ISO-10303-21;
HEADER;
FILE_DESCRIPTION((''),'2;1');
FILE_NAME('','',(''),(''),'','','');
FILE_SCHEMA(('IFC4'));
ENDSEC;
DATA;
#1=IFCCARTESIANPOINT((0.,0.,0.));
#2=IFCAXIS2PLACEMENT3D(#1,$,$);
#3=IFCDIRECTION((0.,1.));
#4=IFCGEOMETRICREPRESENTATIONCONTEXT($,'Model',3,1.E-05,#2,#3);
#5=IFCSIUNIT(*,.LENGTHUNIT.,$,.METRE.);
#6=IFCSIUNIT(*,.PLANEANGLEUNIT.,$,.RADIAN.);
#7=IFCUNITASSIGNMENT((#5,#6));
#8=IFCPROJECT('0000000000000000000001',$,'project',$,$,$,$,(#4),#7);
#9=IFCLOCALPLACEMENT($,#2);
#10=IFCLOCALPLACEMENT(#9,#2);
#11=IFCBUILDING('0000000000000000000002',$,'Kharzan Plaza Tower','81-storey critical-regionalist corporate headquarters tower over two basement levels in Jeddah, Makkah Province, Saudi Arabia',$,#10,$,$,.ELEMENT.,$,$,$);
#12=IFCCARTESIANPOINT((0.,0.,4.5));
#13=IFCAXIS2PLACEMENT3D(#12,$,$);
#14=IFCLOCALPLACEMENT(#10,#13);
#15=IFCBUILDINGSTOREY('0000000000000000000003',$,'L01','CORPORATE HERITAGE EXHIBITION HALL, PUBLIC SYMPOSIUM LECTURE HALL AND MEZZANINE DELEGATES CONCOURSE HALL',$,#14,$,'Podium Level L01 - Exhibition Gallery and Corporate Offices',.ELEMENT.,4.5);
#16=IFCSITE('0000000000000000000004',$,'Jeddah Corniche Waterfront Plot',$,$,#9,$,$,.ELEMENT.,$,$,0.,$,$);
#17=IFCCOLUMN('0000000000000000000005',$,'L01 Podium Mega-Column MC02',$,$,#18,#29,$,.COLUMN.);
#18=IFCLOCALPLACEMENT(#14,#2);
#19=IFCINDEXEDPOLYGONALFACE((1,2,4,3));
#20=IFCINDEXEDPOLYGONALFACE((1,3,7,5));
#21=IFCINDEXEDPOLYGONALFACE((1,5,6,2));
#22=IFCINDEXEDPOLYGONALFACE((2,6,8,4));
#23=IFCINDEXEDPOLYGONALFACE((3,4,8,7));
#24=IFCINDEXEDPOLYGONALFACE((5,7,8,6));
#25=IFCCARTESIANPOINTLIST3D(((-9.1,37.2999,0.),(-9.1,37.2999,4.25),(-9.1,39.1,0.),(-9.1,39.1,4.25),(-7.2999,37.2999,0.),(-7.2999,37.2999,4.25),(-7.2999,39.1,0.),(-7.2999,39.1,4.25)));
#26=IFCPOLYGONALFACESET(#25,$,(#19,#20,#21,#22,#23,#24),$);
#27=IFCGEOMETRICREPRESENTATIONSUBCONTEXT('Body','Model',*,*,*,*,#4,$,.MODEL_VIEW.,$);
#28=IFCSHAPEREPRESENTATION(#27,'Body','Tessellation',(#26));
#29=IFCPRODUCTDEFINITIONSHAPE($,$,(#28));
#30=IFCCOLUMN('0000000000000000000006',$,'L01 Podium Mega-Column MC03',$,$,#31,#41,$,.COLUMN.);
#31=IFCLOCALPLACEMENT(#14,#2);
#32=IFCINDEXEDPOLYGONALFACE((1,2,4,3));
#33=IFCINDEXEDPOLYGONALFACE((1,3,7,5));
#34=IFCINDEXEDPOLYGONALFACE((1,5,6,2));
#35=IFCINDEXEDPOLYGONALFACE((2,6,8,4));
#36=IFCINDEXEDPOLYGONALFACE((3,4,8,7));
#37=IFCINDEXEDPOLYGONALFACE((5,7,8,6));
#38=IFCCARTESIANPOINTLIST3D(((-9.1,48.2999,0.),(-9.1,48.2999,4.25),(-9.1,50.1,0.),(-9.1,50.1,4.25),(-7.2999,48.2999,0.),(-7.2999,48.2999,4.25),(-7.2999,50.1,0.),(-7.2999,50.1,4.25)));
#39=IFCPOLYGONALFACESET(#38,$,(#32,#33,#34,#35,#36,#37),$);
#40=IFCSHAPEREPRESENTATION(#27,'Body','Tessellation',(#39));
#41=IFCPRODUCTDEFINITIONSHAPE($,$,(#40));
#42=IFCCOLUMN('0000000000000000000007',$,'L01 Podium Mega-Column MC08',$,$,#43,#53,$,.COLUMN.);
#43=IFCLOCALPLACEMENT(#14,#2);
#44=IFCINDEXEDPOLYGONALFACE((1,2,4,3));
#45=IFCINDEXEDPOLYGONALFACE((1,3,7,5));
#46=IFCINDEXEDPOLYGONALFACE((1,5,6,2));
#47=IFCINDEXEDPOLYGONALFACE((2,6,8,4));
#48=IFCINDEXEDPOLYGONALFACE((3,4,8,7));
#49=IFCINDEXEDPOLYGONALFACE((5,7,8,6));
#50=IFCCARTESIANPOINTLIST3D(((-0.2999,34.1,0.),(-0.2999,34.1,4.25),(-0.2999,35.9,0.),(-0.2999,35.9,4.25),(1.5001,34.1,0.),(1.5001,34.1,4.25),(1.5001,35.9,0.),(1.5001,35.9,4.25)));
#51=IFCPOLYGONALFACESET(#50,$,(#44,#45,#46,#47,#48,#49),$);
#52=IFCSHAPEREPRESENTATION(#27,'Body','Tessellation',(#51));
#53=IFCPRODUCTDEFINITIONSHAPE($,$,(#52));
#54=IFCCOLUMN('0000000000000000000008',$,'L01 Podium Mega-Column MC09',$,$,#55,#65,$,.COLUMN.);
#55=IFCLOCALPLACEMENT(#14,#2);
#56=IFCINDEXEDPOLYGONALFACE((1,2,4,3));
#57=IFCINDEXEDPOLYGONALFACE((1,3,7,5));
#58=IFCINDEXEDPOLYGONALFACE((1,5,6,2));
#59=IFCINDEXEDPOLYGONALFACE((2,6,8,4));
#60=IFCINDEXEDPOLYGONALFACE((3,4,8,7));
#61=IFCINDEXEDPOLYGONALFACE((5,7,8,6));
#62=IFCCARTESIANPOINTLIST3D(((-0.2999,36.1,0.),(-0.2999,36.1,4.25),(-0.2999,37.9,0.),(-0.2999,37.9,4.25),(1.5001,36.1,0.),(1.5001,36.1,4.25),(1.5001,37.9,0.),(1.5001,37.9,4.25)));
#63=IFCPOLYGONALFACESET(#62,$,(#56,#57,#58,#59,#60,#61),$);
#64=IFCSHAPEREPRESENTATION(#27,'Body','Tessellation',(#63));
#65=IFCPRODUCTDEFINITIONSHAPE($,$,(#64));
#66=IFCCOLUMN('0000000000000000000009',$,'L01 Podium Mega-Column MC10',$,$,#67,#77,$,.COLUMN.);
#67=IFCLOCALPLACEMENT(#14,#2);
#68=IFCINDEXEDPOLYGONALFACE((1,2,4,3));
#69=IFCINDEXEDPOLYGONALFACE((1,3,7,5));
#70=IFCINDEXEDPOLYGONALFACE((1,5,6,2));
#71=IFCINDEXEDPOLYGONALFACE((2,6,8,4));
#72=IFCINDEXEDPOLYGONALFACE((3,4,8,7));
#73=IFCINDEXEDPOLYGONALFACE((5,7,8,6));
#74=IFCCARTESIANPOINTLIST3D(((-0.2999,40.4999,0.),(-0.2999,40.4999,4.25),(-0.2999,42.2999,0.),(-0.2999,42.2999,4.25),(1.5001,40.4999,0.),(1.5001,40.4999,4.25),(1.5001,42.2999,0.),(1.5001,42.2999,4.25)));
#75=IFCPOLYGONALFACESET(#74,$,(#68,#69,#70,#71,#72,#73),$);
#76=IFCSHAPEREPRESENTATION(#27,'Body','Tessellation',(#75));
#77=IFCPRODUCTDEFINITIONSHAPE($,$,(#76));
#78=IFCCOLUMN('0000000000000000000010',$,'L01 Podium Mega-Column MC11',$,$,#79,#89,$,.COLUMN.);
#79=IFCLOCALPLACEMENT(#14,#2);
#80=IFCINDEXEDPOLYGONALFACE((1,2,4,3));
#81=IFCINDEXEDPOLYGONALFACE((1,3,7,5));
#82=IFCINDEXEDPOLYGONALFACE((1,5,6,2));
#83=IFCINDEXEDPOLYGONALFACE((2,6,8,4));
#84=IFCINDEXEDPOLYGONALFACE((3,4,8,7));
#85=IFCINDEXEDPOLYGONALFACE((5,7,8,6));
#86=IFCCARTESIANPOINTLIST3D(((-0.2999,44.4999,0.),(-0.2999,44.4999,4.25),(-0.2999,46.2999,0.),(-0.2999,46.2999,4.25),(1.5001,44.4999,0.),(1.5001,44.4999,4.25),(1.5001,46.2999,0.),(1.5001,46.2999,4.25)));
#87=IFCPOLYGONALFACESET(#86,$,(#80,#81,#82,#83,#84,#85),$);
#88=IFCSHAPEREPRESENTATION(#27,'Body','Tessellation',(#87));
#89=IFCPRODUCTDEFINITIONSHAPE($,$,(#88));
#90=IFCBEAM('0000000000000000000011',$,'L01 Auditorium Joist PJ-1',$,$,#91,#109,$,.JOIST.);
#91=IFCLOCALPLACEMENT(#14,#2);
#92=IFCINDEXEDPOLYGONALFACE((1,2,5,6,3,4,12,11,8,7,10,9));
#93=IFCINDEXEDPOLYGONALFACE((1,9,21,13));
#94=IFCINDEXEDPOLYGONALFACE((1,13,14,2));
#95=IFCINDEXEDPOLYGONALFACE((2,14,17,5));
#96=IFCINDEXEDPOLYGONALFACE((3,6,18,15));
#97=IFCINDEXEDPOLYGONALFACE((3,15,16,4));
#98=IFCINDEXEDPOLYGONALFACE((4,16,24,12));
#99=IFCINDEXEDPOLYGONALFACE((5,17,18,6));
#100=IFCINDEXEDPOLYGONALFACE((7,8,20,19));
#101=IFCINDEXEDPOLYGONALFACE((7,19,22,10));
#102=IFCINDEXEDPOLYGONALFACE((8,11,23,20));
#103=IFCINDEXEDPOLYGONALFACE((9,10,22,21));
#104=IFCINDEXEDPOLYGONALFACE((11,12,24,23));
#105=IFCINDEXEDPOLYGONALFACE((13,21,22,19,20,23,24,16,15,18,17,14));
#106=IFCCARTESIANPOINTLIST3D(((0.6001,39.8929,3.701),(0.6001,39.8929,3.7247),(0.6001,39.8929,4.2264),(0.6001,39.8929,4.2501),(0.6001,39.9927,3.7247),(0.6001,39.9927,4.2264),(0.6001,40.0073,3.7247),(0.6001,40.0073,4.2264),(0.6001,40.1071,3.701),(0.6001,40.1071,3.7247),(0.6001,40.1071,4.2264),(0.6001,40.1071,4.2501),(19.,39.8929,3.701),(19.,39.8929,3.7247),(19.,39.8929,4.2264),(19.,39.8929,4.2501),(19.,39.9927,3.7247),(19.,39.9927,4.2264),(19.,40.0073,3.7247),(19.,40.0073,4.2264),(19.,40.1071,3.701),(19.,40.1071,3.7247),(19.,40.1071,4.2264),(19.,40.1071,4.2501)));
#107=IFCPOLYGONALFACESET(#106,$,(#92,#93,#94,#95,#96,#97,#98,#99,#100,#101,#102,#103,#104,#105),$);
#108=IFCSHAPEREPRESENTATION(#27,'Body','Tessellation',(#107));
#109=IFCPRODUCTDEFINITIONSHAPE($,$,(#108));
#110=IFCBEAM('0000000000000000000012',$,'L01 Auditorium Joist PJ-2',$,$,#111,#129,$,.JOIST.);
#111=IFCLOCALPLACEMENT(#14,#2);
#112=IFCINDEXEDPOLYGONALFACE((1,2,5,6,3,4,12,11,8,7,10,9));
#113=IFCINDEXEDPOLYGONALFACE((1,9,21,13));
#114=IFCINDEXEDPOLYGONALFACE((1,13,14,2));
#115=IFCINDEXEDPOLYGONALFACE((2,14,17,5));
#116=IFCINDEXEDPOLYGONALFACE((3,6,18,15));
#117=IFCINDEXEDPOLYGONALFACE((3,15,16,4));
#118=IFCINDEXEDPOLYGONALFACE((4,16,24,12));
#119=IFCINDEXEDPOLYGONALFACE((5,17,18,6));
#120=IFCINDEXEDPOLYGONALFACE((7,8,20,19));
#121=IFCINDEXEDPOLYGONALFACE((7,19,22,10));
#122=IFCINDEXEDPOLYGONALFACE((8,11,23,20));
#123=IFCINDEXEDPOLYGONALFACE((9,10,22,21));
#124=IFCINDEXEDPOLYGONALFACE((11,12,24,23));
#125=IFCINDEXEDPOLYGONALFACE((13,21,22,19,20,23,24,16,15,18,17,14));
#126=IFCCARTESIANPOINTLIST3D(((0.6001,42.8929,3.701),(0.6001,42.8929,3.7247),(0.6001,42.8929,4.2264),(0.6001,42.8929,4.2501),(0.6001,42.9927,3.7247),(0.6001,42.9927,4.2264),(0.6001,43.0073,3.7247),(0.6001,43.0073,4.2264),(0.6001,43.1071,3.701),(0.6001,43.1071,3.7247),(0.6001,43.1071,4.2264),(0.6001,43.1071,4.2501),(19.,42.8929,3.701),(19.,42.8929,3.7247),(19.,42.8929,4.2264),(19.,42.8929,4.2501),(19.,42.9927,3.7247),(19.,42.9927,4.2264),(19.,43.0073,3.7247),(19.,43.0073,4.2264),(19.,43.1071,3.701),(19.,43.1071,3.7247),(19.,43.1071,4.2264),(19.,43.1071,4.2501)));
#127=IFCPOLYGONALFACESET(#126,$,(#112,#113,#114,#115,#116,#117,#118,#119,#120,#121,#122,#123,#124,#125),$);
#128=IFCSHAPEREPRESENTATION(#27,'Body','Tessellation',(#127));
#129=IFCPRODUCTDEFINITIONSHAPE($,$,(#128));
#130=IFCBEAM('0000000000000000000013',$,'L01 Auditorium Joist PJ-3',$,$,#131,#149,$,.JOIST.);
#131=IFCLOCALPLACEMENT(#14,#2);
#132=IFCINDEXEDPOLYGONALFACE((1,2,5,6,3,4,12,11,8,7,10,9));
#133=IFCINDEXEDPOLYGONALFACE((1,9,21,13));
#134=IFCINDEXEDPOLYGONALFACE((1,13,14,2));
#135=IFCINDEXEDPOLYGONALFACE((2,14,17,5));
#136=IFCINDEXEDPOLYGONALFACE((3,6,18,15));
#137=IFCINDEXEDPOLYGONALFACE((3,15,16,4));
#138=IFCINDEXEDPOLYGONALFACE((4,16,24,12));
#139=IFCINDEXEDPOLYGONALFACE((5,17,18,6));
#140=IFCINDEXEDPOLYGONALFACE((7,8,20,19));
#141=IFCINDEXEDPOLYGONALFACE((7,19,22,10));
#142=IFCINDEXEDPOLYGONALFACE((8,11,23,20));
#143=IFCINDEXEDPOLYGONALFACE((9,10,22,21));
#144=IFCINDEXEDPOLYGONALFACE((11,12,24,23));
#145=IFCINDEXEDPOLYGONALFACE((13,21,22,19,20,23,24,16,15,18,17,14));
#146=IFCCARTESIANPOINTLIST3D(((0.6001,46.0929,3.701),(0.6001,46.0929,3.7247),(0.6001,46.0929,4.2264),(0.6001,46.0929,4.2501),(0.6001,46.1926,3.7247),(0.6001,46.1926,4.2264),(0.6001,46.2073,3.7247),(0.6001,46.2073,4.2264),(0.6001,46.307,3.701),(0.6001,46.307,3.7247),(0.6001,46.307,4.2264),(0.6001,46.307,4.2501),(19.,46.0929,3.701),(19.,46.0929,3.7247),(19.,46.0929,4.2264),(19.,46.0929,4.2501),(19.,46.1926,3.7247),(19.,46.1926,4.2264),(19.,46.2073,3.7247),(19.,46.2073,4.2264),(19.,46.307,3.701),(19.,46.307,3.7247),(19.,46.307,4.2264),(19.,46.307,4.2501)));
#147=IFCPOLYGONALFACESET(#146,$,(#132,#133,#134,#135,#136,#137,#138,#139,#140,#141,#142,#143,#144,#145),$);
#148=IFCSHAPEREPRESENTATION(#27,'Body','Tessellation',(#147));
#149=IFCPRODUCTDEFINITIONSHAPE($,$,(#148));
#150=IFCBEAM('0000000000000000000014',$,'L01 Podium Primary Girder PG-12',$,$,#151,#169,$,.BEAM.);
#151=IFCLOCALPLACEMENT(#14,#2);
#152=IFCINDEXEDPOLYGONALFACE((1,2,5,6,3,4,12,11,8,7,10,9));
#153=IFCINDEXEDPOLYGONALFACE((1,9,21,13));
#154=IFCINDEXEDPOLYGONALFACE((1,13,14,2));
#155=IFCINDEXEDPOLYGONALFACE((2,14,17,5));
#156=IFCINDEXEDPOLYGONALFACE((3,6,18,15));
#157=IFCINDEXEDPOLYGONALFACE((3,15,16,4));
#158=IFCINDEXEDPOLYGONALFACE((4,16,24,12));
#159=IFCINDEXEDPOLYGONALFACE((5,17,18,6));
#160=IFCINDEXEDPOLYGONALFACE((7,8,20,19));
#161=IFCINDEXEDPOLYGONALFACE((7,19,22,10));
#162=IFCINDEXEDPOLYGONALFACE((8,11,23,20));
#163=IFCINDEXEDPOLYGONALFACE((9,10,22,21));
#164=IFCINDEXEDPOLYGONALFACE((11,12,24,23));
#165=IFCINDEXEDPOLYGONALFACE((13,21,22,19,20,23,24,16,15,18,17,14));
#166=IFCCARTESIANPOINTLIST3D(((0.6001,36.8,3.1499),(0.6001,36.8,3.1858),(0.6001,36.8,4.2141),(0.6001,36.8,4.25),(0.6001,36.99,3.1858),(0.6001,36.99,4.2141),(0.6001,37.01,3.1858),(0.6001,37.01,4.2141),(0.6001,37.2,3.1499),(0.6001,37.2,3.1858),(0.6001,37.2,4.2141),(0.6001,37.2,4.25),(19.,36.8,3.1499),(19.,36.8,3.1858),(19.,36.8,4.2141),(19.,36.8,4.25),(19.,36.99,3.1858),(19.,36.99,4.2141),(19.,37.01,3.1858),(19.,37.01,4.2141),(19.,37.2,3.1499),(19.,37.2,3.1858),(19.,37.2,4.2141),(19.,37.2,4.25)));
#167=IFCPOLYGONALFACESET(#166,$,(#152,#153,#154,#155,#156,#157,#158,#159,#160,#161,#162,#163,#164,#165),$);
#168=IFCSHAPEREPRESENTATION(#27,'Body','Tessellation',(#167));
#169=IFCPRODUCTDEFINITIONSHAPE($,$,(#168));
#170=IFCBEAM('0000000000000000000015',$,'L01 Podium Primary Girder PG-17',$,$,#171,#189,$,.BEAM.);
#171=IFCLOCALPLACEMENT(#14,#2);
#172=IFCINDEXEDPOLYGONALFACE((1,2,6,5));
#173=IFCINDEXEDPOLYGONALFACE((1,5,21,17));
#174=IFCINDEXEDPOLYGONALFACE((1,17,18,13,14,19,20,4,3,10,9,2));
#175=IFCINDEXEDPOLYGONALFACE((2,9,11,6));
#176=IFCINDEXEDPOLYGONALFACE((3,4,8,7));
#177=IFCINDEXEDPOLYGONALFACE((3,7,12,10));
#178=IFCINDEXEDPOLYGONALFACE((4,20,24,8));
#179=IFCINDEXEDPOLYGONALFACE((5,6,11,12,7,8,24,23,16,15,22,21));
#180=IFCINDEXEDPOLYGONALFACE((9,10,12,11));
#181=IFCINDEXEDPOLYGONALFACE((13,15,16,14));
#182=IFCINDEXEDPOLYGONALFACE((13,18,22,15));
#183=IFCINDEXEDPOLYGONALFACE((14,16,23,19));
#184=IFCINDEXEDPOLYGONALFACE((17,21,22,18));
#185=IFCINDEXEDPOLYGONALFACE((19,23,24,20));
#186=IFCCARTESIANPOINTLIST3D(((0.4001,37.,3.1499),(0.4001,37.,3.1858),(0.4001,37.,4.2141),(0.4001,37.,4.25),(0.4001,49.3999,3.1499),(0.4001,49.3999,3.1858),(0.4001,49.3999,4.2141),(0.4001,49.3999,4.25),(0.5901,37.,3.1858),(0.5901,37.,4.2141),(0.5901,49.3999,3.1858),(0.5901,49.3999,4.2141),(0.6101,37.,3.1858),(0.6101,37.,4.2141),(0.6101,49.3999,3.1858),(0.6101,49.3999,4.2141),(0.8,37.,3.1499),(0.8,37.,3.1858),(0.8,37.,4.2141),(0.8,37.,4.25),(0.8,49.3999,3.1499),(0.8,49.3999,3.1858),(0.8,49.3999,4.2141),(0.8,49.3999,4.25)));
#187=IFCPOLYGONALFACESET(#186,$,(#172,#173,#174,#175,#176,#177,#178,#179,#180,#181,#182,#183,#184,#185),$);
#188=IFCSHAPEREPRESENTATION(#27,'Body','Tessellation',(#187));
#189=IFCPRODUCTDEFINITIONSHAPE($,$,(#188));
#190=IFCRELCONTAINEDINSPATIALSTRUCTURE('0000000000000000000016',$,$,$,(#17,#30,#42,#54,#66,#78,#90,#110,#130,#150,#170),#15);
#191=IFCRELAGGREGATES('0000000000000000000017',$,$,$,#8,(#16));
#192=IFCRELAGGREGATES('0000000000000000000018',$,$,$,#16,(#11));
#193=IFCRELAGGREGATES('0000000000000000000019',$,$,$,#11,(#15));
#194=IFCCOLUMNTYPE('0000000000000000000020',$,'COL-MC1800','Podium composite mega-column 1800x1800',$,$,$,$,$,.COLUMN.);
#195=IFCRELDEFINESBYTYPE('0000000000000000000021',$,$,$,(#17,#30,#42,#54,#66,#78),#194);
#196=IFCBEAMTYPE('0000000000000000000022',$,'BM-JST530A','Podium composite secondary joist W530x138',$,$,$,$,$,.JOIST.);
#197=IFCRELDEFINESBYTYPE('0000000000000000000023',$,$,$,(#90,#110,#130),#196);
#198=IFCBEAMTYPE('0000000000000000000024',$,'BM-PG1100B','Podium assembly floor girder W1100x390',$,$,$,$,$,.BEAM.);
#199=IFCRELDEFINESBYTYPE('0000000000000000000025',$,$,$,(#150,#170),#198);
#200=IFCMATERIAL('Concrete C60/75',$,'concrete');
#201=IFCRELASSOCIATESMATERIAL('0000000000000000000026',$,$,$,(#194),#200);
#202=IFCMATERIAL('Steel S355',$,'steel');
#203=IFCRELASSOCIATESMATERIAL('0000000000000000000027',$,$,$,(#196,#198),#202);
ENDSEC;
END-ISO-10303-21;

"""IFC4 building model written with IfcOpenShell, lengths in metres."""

from ifc_helpers import new_model, si_unit, direction, frame, origin, origin_2d, place, context, subcontext, project, spatial, rectangle, i_section, extrude, source, transform, mapped, material, material_profile, profile_set, type_object, element, save


model = new_model("IFC4")

# Units and contexts
model_context = context("Model", 3, precision=1e-05, world=origin(), true_north=direction((0.0, 1.0)))
body_context = subcontext(model_context, "Body", "Model", "MODEL_VIEW")
ifc_project = project(units=[si_unit("LENGTHUNIT", "METRE"), si_unit("PLANEANGLEUNIT", "RADIAN")], contexts=[model_context])

# Site, building, storey
site_placement = place(None, origin())
site = spatial("IfcSite", under=ifc_project, at=site_placement, Name="Jeddah Corniche Waterfront Plot", CompositionType="ELEMENT", RefElevation=0.0)
building_placement = place(site_placement, origin())
building = spatial("IfcBuilding", under=site, at=building_placement, Name="Kharzan Plaza Tower", Description="81-storey critical-regionalist corporate headquarters tower over two basement levels in Jeddah, Makkah Province, Saudi Arabia", CompositionType="ELEMENT")
storey_placement = place(building_placement, frame((0.0, 0.0, 4.5)))
storey = spatial("IfcBuildingStorey", under=building, at=storey_placement, Name="L01", Description="CORPORATE HERITAGE EXHIBITION HALL, PUBLIC SYMPOSIUM LECTURE HALL AND MEZZANINE DELEGATES CONCOURSE HALL", LongName="Podium Level L01 - Exhibition Gallery and Corporate Offices", CompositionType="ELEMENT", Elevation=4.5)

# Columns
ifc_material_1 = material(Name="Concrete C60/75", Category="concrete")
ifc_material_profile_1 = material_profile(ifc_material_1, rectangle(XDim=1.8, YDim=1.8, at=origin_2d()), Name="RC-MC1800x1800")
ifc_profile_set_1 = profile_set([ifc_material_profile_1], Name="Concrete C60/75")
column_type = type_object("IfcColumnType", Name="COL-MC1800", Description="Podium composite mega-column 1800x1800", PredefinedType="COLUMN", material=ifc_profile_set_1)
shared_shape_1 = source(origin(), body_context, "Body", "SweptSolid", [
    extrude(rectangle(XDim=1.8, YDim=1.8, at=origin_2d()), origin(), (0.0, 0.0, 1.0), 4.25),
])
for number, where, z_axis, x_axis, name in (
    (1, (-8.2, 38.2, 0.0), (0.0, 0.0, 1.0), (1.0, 0.0, 0.0), "L01 Podium Mega-Column MC02"),
    (2, (-8.2, 49.2, 0.0), (0.0, 0.0, 1.0), (1.0, 0.0, 0.0), "L01 Podium Mega-Column MC03"),
    (3, (0.6001, 35.0, 0.0), (0.0, 0.0, 1.0), (1.0, 0.0, 0.0), "L01 Podium Mega-Column MC08"),
    (4, (0.6001, 37.0, 0.0), (0.0, 0.0, 1.0), (1.0, 0.0, 0.0), "L01 Podium Mega-Column MC09"),
    (5, (0.6001, 41.3999, 0.0), (0.0, 0.0, 1.0), (1.0, 0.0, 0.0), "L01 Podium Mega-Column MC10"),
    (6, (0.6001, 45.3999, 0.0), (0.0, 0.0, 1.0), (1.0, 0.0, 0.0), "L01 Podium Mega-Column MC11"),
):
    element("IfcColumn", number, at=place(storey_placement, frame(where, z_axis=z_axis, x_axis=x_axis)), inside=storey, type_object=column_type, Name=name, PredefinedType="COLUMN", context=body_context, shape_type="MappedRepresentation", body=[
        mapped(shared_shape_1, transform((0.0, 0.0, 0.0), x_axis=(1.0, 0.0, 0.0), y_axis=(0.0, 1.0, 0.0), z_axis=(0.0, 0.0, 1.0))),
    ])

# Beams
ifc_material_2 = material(Name="Steel S355", Category="steel")
ifc_material_profile_2 = material_profile(ifc_material_2, i_section(OverallWidth=0.2141, OverallDepth=0.5491, WebThickness=0.0146, FlangeThickness=0.0237, at=origin_2d()), Name="W530x138")
ifc_profile_set_2 = profile_set([ifc_material_profile_2], Name="Steel S355")
beam_type_1 = type_object("IfcBeamType", Name="BM-JST530A", Description="Podium composite secondary joist W530x138", PredefinedType="JOIST", material=ifc_profile_set_2)
shared_shape_2 = source(origin(), body_context, "Body", "SweptSolid", [
    extrude(i_section(OverallWidth=0.2141, OverallDepth=0.5491, WebThickness=0.0146, FlangeThickness=0.0237, at=origin_2d()), origin(), (0.0, 0.0, 1.0), 18.3999),
])
for number, where, z_axis, x_axis, name in (
    (7, (0.6001, 40.0, 3.9756), (1.0, 0.0, 0.0), (0.0, 1.0, 0.0), "L01 Auditorium Joist PJ-1"),
    (8, (0.6001, 43.0, 3.9756), (1.0, 0.0, 0.0), (0.0, 1.0, 0.0), "L01 Auditorium Joist PJ-2"),
    (9, (0.6001, 46.2, 3.9756), (1.0, 0.0, 0.0), (0.0, 1.0, 0.0), "L01 Auditorium Joist PJ-3"),
):
    element("IfcBeam", number, at=place(storey_placement, frame(where, z_axis=z_axis, x_axis=x_axis)), inside=storey, type_object=beam_type_1, Name=name, PredefinedType="JOIST", context=body_context, shape_type="MappedRepresentation", body=[
        mapped(shared_shape_2, transform((0.0, 0.0, 0.0), x_axis=(1.0, 0.0, 0.0), y_axis=(0.0, 1.0, 0.0), z_axis=(0.0, 0.0, 1.0))),
    ])
ifc_material_profile_3 = material_profile(ifc_material_2, i_section(OverallWidth=0.3999, OverallDepth=1.1001, WebThickness=0.02, FlangeThickness=0.0359, at=origin_2d()), Name="W1100x390")
ifc_profile_set_3 = profile_set([ifc_material_profile_3], Name="Steel S355")
beam_type_2 = type_object("IfcBeamType", Name="BM-PG1100B", Description="Podium assembly floor girder W1100x390", PredefinedType="BEAM", material=ifc_profile_set_3)
shared_shape_3 = source(origin(), body_context, "Body", "SweptSolid", [
    extrude(i_section(OverallWidth=0.3999, OverallDepth=1.1001, WebThickness=0.02, FlangeThickness=0.0359, at=origin_2d()), origin(), (0.0, 0.0, 1.0), 18.3999),
])
beam_1_placement = place(storey_placement, frame((0.6001, 37.0, 3.7), z_axis=(1.0, 0.0, 0.0), x_axis=(0.0, 1.0, 0.0)))
element("IfcBeam", 10, at=beam_1_placement, inside=storey, type_object=beam_type_2, Name="L01 Podium Primary Girder PG-12", PredefinedType="BEAM", context=body_context, shape_type="MappedRepresentation", body=[
    mapped(shared_shape_3, transform((0.0, 0.0, 0.0), x_axis=(1.0, 0.0, 0.0), y_axis=(0.0, 1.0, 0.0), z_axis=(0.0, 0.0, 1.0))),
])
shared_shape_4 = source(origin(), body_context, "Body", "SweptSolid", [
    extrude(i_section(OverallWidth=0.3999, OverallDepth=1.1001, WebThickness=0.02, FlangeThickness=0.0359, at=origin_2d()), origin(), (0.0, 0.0, 1.0), 12.3999),
])
beam_2_placement = place(storey_placement, frame((0.6001, 37.0, 3.7), z_axis=(0.0, 1.0, 0.0), x_axis=(-1.0, 0.0, 0.0)))
element("IfcBeam", 11, at=beam_2_placement, inside=storey, type_object=beam_type_2, Name="L01 Podium Primary Girder PG-17", PredefinedType="BEAM", context=body_context, shape_type="MappedRepresentation", body=[
    mapped(shared_shape_4, transform((0.0, 0.0, 0.0), x_axis=(1.0, 0.0, 0.0), y_axis=(0.0, 1.0, 0.0), z_axis=(0.0, 0.0, 1.0))),
])

save(model, "model.ifc")
